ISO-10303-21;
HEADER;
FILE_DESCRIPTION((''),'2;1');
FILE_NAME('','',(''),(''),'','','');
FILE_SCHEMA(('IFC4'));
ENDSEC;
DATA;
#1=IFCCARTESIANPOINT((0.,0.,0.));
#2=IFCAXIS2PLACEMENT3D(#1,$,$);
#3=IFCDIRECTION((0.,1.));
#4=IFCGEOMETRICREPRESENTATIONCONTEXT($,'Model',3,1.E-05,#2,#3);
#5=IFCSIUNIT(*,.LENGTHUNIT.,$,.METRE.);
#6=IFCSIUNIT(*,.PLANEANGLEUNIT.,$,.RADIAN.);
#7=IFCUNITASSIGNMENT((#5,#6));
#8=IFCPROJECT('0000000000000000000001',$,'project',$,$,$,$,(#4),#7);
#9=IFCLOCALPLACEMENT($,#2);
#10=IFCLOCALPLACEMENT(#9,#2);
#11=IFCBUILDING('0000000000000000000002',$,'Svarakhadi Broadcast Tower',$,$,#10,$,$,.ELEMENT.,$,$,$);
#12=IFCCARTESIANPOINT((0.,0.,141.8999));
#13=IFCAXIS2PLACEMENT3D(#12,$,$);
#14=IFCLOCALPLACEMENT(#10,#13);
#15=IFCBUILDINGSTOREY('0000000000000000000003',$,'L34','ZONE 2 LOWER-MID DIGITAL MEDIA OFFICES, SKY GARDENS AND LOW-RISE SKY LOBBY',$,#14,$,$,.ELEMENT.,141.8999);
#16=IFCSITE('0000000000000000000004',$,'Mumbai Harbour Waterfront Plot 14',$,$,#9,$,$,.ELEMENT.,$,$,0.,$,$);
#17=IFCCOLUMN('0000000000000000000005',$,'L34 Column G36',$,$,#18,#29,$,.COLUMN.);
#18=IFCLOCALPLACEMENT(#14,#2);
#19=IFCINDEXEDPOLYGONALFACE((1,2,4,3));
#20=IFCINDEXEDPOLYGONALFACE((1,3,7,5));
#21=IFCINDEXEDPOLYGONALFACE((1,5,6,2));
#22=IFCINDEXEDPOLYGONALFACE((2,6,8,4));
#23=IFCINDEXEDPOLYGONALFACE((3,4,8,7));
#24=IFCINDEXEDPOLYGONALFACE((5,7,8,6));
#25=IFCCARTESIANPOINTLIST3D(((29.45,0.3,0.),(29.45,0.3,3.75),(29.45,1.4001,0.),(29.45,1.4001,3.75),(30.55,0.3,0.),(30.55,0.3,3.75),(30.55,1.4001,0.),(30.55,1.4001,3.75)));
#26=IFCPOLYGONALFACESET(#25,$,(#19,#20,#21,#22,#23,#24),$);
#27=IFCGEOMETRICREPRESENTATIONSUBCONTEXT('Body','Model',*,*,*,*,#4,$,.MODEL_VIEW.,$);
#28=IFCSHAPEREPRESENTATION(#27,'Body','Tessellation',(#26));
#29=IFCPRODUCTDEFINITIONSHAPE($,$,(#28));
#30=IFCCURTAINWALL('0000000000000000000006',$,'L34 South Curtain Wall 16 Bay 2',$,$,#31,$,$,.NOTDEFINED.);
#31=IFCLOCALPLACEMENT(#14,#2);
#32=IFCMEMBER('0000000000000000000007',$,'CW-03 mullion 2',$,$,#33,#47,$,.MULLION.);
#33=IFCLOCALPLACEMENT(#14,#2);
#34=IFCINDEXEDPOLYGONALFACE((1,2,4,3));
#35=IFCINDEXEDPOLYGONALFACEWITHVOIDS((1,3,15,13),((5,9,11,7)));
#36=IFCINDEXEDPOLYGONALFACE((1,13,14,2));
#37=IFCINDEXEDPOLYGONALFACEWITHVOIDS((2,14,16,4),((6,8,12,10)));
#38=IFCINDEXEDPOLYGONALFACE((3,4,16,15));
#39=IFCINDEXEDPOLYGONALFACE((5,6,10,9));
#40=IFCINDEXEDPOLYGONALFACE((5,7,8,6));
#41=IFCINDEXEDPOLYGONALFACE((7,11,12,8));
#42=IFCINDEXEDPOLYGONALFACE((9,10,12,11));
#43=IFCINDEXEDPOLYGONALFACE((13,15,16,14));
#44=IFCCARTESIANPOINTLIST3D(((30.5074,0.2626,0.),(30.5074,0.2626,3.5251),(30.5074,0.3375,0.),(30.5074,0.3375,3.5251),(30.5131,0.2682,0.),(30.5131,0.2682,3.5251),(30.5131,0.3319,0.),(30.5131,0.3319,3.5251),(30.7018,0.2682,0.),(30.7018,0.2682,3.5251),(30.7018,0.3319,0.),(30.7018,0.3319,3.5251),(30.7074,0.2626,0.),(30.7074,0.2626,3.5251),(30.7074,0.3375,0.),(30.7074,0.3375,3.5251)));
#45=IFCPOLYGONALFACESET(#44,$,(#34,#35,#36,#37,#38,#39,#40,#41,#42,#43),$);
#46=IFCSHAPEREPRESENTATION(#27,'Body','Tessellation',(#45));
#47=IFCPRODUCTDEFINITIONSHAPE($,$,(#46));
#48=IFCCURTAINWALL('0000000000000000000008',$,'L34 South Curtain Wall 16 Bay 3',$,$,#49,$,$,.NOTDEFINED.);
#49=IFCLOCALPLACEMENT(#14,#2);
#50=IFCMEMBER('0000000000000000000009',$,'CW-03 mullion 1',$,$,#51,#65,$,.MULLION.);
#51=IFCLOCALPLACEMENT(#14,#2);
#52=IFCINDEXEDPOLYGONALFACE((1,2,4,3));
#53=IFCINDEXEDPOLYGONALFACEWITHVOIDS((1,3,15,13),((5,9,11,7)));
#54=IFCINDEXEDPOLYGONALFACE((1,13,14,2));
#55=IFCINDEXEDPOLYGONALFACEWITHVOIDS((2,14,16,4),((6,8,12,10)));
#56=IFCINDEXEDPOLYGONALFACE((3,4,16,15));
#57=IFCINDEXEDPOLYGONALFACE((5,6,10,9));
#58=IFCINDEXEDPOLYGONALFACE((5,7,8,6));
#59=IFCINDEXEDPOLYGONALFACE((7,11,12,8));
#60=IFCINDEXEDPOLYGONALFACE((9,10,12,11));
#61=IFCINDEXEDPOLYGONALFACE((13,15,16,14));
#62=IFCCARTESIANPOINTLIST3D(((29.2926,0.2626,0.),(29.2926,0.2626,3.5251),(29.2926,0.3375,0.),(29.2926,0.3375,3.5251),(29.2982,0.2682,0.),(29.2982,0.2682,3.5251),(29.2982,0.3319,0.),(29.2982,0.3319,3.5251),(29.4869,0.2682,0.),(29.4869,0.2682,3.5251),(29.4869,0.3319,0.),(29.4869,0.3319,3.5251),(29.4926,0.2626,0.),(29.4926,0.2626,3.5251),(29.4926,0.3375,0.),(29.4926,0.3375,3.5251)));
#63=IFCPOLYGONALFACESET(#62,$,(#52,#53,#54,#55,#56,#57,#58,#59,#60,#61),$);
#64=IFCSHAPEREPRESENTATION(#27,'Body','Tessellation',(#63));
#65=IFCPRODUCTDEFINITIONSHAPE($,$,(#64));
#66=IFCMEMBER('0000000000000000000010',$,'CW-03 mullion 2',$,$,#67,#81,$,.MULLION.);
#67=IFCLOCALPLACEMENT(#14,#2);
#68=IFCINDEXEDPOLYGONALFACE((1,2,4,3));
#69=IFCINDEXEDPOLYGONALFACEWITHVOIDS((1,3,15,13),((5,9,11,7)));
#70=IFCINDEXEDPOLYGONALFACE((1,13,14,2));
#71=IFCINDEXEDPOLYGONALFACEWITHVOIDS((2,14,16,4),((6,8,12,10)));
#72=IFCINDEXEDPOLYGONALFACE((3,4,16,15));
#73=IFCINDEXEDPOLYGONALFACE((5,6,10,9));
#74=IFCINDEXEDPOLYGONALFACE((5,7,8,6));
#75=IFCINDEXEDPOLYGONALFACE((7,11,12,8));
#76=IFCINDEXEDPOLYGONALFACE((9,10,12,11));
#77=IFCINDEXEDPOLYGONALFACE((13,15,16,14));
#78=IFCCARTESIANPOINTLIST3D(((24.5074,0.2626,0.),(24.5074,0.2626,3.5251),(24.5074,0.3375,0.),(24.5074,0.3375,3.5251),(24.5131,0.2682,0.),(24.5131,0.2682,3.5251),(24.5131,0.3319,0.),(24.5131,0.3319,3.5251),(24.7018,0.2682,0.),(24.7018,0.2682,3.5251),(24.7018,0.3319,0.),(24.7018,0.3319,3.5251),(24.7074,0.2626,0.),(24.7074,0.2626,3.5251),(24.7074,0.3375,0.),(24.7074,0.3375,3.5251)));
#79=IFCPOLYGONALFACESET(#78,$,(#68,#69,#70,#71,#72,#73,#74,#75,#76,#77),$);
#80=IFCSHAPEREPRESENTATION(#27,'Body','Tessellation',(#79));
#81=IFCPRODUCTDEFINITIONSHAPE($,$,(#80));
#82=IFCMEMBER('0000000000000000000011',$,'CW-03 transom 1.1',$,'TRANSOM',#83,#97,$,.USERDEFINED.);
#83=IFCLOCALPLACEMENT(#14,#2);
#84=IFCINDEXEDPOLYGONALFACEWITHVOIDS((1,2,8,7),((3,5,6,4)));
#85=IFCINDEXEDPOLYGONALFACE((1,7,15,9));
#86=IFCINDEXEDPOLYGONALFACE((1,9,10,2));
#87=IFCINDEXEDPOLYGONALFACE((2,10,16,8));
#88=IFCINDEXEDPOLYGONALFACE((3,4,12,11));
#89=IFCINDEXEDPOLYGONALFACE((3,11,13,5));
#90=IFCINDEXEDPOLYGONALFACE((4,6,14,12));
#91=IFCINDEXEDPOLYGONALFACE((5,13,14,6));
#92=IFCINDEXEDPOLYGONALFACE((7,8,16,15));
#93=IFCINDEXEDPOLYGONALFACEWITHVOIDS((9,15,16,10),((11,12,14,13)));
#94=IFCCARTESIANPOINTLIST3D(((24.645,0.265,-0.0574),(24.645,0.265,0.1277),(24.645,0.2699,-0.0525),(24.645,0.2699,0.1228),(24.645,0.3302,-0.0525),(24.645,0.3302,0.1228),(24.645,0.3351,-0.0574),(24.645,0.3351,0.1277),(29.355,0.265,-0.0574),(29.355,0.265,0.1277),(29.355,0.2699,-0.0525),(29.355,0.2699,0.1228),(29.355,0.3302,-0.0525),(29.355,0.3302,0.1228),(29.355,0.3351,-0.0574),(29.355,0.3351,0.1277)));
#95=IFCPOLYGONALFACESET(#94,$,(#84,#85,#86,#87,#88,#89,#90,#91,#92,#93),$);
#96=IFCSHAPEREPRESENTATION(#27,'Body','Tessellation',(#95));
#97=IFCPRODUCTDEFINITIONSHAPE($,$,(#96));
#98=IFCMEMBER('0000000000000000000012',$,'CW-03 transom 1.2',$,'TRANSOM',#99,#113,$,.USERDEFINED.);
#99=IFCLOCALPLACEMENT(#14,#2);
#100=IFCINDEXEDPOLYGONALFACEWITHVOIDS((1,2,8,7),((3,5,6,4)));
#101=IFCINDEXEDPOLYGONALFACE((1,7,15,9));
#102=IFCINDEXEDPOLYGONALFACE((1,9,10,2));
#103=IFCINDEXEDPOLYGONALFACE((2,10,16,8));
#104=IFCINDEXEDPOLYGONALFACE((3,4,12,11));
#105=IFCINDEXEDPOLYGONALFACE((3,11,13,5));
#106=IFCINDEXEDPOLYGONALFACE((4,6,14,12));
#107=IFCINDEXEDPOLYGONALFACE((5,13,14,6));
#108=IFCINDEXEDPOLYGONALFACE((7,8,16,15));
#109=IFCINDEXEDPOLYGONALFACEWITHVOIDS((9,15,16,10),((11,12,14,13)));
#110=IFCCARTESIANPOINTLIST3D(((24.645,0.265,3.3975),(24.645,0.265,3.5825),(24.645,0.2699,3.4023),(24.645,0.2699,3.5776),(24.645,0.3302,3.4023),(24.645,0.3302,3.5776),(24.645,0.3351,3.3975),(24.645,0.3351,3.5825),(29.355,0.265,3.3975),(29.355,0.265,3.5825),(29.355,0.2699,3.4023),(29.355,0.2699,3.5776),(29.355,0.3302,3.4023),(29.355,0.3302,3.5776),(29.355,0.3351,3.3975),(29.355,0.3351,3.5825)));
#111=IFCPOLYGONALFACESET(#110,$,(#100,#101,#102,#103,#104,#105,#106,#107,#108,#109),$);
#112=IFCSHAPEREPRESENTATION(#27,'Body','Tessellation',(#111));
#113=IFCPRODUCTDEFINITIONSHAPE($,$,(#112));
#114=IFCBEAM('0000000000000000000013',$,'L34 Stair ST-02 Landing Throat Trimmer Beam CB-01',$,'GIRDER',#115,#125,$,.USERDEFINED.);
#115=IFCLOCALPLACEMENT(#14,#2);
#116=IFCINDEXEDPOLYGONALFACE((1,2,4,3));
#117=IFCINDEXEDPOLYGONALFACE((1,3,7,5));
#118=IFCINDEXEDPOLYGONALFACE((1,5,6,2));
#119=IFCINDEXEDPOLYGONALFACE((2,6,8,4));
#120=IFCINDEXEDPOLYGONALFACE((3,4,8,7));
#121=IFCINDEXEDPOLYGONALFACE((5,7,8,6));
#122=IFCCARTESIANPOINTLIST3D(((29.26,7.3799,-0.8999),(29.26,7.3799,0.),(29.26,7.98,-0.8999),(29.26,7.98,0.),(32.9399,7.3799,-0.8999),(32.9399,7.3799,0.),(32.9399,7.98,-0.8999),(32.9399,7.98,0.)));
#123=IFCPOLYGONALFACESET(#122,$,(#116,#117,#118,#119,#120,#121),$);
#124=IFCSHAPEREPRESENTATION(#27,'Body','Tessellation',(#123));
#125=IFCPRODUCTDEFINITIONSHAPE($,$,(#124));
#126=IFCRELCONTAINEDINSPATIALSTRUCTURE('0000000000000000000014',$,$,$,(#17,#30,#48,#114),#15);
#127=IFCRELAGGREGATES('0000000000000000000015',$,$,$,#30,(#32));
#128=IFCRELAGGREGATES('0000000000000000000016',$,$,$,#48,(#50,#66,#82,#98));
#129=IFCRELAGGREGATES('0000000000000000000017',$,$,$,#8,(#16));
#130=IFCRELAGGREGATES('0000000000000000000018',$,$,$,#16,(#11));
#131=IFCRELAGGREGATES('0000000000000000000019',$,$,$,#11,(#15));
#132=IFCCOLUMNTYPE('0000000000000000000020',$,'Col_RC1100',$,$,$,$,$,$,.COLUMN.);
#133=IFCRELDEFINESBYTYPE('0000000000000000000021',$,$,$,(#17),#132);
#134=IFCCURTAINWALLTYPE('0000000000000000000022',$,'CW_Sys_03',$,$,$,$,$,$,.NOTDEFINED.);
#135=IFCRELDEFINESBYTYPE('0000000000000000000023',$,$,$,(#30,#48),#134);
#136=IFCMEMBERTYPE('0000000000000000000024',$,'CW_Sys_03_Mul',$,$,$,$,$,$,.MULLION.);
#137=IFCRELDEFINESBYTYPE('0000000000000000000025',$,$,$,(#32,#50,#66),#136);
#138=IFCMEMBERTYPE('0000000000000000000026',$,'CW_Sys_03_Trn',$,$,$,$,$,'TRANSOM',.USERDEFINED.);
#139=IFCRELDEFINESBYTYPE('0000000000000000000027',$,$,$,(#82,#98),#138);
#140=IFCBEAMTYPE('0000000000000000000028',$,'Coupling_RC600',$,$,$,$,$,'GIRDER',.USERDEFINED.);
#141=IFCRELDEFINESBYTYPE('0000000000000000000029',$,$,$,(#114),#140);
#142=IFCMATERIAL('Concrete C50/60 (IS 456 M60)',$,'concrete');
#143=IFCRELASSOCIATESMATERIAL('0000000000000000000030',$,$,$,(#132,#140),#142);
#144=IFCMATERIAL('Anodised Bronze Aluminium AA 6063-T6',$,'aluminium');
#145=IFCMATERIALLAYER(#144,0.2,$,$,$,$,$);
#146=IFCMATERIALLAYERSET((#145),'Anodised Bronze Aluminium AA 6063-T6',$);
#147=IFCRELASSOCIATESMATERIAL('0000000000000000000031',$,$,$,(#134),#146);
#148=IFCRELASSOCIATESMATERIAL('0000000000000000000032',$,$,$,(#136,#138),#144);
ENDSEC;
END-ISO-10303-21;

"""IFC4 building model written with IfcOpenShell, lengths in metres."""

from ifc_helpers import new_model, si_unit, direction, frame, origin, origin_2d, place, context, subcontext, project, spatial, rectangle, hollow_rectangle, extrude, material, layer, layer_set, material_profile, profile_set, type_object, element, aggregate, save


model = new_model("IFC4")

# Units and contexts
model_context = context("Model", 3, precision=1e-05, world=origin(), true_north=direction((0.0, 1.0)))
body_context = subcontext(model_context, "Body", "Model", "MODEL_VIEW")
ifc_project = project(units=[si_unit("LENGTHUNIT", "METRE"), si_unit("PLANEANGLEUNIT", "RADIAN")], contexts=[model_context])

# Site, building, storey
site_placement = place(None, origin())
site = spatial("IfcSite", under=ifc_project, at=site_placement, Name="Mumbai Harbour Waterfront Plot 14", CompositionType="ELEMENT", RefElevation=0.0)
building_placement = place(site_placement, origin())
building = spatial("IfcBuilding", under=site, at=building_placement, Name="Svarakhadi Broadcast Tower", CompositionType="ELEMENT")
storey_placement = place(building_placement, frame((0.0, 0.0, 141.8999)))
storey = spatial("IfcBuildingStorey", under=building, at=storey_placement, Name="L34", Description="ZONE 2 LOWER-MID DIGITAL MEDIA OFFICES, SKY GARDENS AND LOW-RISE SKY LOBBY", CompositionType="ELEMENT", Elevation=141.8999)

# Column
ifc_material_1 = material(Name="Concrete C50/60 (IS 456 M60)", Category="concrete")
ifc_material_profile_1 = material_profile(ifc_material_1, rectangle(XDim=1.1001, YDim=1.1001, at=origin_2d()), Name="RC 1100x1100")
ifc_profile_set_1 = profile_set([ifc_material_profile_1], Name="Concrete C50/60 (IS 456 M60)")
column_type = type_object("IfcColumnType", Name="Col_RC1100", PredefinedType="COLUMN", material=ifc_profile_set_1)
column_placement = place(storey_placement, frame((30.0, 0.8501, 0.0), z_axis=(0.0, 0.0, 1.0), x_axis=(1.0, 0.0, 0.0)))
element("IfcColumn", 1, at=column_placement, inside=storey, type_object=column_type, Name="L34 Column G36", PredefinedType="COLUMN", context=body_context, shape_type="SweptSolid", body=[
    extrude(rectangle(XDim=1.1001, YDim=1.1001, at=origin_2d()), origin(), (0.0, 0.0, 1.0), 3.75),
])

# Curtain wall, member
ifc_material_2 = material(Name="Anodised Bronze Aluminium AA 6063-T6", Category="aluminium")
ifc_layer_1 = layer(ifc_material_2, 0.2)
ifc_layer_set_1 = layer_set([ifc_layer_1], Name="Anodised Bronze Aluminium AA 6063-T6")
curtain_wall_type = type_object("IfcCurtainWallType", Name="CW_Sys_03", PredefinedType="NOTDEFINED", material=ifc_layer_set_1)
curtain_wall_1_placement = place(storey_placement, origin())
curtain_wall_1 = element("IfcCurtainWall", 2, at=curtain_wall_1_placement, inside=storey, type_object=curtain_wall_type, Name="L34 South Curtain Wall 16 Bay 2", PredefinedType="NOTDEFINED")
ifc_material_profile_2 = material_profile(ifc_material_2, hollow_rectangle(XDim=0.075, YDim=0.2, WallThickness=0.0056, at=origin_2d()), Name="ALU MULLION 200x75x6")
ifc_profile_set_2 = profile_set([ifc_material_profile_2], Name="Anodised Bronze Aluminium AA 6063-T6")
member_type_1 = type_object("IfcMemberType", Name="CW_Sys_03_Mul", PredefinedType="MULLION", material=ifc_profile_set_2)
member_1_placement = place(storey_placement, frame((30.6074, 0.3, 0.0), z_axis=(0.0, 0.0, 1.0), x_axis=(0.0, -1.0, 0.0)))
member_1 = element("IfcMember", 3, at=member_1_placement, type_object=member_type_1, Name="CW-03 mullion 2", PredefinedType="MULLION", context=body_context, shape_type="SweptSolid", body=[
    extrude(hollow_rectangle(XDim=0.075, YDim=0.2, WallThickness=0.0056, at=origin_2d()), origin(), (0.0, 0.0, 1.0), 3.5251),
])

# Curtain wall, members
curtain_wall_2_placement = place(storey_placement, origin())
curtain_wall_2 = element("IfcCurtainWall", 4, at=curtain_wall_2_placement, inside=storey, type_object=curtain_wall_type, Name="L34 South Curtain Wall 16 Bay 3", PredefinedType="NOTDEFINED")
member_2_placement = place(storey_placement, frame((29.3926, 0.3, 0.0), z_axis=(0.0, 0.0, 1.0), x_axis=(0.0, -1.0, 0.0)))
member_2 = element("IfcMember", 5, at=member_2_placement, type_object=member_type_1, Name="CW-03 mullion 1", PredefinedType="MULLION", context=body_context, shape_type="SweptSolid", body=[
    extrude(hollow_rectangle(XDim=0.075, YDim=0.2, WallThickness=0.0056, at=origin_2d()), origin(), (0.0, 0.0, 1.0), 3.5251),
])
member_3_placement = place(storey_placement, frame((24.6074, 0.3, 0.0), z_axis=(0.0, 0.0, 1.0), x_axis=(0.0, -1.0, 0.0)))
member_3 = element("IfcMember", 6, at=member_3_placement, type_object=member_type_1, Name="CW-03 mullion 2", PredefinedType="MULLION", context=body_context, shape_type="SweptSolid", body=[
    extrude(hollow_rectangle(XDim=0.075, YDim=0.2, WallThickness=0.0056, at=origin_2d()), origin(), (0.0, 0.0, 1.0), 3.5251),
])
ifc_material_profile_3 = material_profile(ifc_material_2, hollow_rectangle(XDim=0.0701, YDim=0.1851, WallThickness=0.0049, at=origin_2d()), Name="ALU TRANSOM 185x70x5")
ifc_profile_set_3 = profile_set([ifc_material_profile_3], Name="Anodised Bronze Aluminium AA 6063-T6")
member_type_2 = type_object("IfcMemberType", Name="CW_Sys_03_Trn", ElementType="TRANSOM", PredefinedType="USERDEFINED", material=ifc_profile_set_3)
member_4_placement = place(storey_placement, frame((29.355, 0.3, 0.0352), z_axis=(-1.0, 0.0, 0.0), x_axis=(0.0, -1.0, 0.0)))
member_4 = element("IfcMember", 7, at=member_4_placement, type_object=member_type_2, Name="CW-03 transom 1.1", ObjectType="TRANSOM", PredefinedType="USERDEFINED", context=body_context, shape_type="SweptSolid", body=[
    extrude(hollow_rectangle(XDim=0.0701, YDim=0.1851, WallThickness=0.0049, at=origin_2d()), origin(), (0.0, 0.0, 1.0), 4.71),
])
member_5_placement = place(storey_placement, frame((29.355, 0.3, 3.49), z_axis=(-1.0, 0.0, 0.0), x_axis=(0.0, -1.0, 0.0)))
member_5 = element("IfcMember", 8, at=member_5_placement, type_object=member_type_2, Name="CW-03 transom 1.2", ObjectType="TRANSOM", PredefinedType="USERDEFINED", context=body_context, shape_type="SweptSolid", body=[
    extrude(hollow_rectangle(XDim=0.0701, YDim=0.1851, WallThickness=0.0049, at=origin_2d()), origin(), (0.0, 0.0, 1.0), 4.71),
])

# Beam
ifc_material_profile_4 = material_profile(ifc_material_1, rectangle(XDim=0.6001, YDim=0.8999, at=origin_2d()), Name="RC 600x900")
ifc_profile_set_4 = profile_set([ifc_material_profile_4], Name="Concrete C50/60 (IS 456 M60)")
beam_type_1 = type_object("IfcBeamType", Name="Coupling_RC600", ElementType="GIRDER", PredefinedType="USERDEFINED", material=ifc_profile_set_4)
beam_1_placement = place(storey_placement, frame((29.26, 7.6799, -0.45), z_axis=(1.0, 0.0, 0.0), x_axis=(0.0, 1.0, 0.0)))
element("IfcBeam", 9, at=beam_1_placement, inside=storey, type_object=beam_type_1, Name="L34 Stair ST-02 Landing Throat Trimmer Beam CB-01", ObjectType="GIRDER", PredefinedType="USERDEFINED", context=body_context, shape_type="SweptSolid", body=[
    extrude(rectangle(XDim=0.6001, YDim=0.8999, at=origin_2d()), origin(), (0.0, 0.0, 1.0), 3.6799),
])

aggregate(curtain_wall_1, [member_1])
aggregate(curtain_wall_2, [member_2, member_3, member_4, member_5])

save(model, "model.ifc")
